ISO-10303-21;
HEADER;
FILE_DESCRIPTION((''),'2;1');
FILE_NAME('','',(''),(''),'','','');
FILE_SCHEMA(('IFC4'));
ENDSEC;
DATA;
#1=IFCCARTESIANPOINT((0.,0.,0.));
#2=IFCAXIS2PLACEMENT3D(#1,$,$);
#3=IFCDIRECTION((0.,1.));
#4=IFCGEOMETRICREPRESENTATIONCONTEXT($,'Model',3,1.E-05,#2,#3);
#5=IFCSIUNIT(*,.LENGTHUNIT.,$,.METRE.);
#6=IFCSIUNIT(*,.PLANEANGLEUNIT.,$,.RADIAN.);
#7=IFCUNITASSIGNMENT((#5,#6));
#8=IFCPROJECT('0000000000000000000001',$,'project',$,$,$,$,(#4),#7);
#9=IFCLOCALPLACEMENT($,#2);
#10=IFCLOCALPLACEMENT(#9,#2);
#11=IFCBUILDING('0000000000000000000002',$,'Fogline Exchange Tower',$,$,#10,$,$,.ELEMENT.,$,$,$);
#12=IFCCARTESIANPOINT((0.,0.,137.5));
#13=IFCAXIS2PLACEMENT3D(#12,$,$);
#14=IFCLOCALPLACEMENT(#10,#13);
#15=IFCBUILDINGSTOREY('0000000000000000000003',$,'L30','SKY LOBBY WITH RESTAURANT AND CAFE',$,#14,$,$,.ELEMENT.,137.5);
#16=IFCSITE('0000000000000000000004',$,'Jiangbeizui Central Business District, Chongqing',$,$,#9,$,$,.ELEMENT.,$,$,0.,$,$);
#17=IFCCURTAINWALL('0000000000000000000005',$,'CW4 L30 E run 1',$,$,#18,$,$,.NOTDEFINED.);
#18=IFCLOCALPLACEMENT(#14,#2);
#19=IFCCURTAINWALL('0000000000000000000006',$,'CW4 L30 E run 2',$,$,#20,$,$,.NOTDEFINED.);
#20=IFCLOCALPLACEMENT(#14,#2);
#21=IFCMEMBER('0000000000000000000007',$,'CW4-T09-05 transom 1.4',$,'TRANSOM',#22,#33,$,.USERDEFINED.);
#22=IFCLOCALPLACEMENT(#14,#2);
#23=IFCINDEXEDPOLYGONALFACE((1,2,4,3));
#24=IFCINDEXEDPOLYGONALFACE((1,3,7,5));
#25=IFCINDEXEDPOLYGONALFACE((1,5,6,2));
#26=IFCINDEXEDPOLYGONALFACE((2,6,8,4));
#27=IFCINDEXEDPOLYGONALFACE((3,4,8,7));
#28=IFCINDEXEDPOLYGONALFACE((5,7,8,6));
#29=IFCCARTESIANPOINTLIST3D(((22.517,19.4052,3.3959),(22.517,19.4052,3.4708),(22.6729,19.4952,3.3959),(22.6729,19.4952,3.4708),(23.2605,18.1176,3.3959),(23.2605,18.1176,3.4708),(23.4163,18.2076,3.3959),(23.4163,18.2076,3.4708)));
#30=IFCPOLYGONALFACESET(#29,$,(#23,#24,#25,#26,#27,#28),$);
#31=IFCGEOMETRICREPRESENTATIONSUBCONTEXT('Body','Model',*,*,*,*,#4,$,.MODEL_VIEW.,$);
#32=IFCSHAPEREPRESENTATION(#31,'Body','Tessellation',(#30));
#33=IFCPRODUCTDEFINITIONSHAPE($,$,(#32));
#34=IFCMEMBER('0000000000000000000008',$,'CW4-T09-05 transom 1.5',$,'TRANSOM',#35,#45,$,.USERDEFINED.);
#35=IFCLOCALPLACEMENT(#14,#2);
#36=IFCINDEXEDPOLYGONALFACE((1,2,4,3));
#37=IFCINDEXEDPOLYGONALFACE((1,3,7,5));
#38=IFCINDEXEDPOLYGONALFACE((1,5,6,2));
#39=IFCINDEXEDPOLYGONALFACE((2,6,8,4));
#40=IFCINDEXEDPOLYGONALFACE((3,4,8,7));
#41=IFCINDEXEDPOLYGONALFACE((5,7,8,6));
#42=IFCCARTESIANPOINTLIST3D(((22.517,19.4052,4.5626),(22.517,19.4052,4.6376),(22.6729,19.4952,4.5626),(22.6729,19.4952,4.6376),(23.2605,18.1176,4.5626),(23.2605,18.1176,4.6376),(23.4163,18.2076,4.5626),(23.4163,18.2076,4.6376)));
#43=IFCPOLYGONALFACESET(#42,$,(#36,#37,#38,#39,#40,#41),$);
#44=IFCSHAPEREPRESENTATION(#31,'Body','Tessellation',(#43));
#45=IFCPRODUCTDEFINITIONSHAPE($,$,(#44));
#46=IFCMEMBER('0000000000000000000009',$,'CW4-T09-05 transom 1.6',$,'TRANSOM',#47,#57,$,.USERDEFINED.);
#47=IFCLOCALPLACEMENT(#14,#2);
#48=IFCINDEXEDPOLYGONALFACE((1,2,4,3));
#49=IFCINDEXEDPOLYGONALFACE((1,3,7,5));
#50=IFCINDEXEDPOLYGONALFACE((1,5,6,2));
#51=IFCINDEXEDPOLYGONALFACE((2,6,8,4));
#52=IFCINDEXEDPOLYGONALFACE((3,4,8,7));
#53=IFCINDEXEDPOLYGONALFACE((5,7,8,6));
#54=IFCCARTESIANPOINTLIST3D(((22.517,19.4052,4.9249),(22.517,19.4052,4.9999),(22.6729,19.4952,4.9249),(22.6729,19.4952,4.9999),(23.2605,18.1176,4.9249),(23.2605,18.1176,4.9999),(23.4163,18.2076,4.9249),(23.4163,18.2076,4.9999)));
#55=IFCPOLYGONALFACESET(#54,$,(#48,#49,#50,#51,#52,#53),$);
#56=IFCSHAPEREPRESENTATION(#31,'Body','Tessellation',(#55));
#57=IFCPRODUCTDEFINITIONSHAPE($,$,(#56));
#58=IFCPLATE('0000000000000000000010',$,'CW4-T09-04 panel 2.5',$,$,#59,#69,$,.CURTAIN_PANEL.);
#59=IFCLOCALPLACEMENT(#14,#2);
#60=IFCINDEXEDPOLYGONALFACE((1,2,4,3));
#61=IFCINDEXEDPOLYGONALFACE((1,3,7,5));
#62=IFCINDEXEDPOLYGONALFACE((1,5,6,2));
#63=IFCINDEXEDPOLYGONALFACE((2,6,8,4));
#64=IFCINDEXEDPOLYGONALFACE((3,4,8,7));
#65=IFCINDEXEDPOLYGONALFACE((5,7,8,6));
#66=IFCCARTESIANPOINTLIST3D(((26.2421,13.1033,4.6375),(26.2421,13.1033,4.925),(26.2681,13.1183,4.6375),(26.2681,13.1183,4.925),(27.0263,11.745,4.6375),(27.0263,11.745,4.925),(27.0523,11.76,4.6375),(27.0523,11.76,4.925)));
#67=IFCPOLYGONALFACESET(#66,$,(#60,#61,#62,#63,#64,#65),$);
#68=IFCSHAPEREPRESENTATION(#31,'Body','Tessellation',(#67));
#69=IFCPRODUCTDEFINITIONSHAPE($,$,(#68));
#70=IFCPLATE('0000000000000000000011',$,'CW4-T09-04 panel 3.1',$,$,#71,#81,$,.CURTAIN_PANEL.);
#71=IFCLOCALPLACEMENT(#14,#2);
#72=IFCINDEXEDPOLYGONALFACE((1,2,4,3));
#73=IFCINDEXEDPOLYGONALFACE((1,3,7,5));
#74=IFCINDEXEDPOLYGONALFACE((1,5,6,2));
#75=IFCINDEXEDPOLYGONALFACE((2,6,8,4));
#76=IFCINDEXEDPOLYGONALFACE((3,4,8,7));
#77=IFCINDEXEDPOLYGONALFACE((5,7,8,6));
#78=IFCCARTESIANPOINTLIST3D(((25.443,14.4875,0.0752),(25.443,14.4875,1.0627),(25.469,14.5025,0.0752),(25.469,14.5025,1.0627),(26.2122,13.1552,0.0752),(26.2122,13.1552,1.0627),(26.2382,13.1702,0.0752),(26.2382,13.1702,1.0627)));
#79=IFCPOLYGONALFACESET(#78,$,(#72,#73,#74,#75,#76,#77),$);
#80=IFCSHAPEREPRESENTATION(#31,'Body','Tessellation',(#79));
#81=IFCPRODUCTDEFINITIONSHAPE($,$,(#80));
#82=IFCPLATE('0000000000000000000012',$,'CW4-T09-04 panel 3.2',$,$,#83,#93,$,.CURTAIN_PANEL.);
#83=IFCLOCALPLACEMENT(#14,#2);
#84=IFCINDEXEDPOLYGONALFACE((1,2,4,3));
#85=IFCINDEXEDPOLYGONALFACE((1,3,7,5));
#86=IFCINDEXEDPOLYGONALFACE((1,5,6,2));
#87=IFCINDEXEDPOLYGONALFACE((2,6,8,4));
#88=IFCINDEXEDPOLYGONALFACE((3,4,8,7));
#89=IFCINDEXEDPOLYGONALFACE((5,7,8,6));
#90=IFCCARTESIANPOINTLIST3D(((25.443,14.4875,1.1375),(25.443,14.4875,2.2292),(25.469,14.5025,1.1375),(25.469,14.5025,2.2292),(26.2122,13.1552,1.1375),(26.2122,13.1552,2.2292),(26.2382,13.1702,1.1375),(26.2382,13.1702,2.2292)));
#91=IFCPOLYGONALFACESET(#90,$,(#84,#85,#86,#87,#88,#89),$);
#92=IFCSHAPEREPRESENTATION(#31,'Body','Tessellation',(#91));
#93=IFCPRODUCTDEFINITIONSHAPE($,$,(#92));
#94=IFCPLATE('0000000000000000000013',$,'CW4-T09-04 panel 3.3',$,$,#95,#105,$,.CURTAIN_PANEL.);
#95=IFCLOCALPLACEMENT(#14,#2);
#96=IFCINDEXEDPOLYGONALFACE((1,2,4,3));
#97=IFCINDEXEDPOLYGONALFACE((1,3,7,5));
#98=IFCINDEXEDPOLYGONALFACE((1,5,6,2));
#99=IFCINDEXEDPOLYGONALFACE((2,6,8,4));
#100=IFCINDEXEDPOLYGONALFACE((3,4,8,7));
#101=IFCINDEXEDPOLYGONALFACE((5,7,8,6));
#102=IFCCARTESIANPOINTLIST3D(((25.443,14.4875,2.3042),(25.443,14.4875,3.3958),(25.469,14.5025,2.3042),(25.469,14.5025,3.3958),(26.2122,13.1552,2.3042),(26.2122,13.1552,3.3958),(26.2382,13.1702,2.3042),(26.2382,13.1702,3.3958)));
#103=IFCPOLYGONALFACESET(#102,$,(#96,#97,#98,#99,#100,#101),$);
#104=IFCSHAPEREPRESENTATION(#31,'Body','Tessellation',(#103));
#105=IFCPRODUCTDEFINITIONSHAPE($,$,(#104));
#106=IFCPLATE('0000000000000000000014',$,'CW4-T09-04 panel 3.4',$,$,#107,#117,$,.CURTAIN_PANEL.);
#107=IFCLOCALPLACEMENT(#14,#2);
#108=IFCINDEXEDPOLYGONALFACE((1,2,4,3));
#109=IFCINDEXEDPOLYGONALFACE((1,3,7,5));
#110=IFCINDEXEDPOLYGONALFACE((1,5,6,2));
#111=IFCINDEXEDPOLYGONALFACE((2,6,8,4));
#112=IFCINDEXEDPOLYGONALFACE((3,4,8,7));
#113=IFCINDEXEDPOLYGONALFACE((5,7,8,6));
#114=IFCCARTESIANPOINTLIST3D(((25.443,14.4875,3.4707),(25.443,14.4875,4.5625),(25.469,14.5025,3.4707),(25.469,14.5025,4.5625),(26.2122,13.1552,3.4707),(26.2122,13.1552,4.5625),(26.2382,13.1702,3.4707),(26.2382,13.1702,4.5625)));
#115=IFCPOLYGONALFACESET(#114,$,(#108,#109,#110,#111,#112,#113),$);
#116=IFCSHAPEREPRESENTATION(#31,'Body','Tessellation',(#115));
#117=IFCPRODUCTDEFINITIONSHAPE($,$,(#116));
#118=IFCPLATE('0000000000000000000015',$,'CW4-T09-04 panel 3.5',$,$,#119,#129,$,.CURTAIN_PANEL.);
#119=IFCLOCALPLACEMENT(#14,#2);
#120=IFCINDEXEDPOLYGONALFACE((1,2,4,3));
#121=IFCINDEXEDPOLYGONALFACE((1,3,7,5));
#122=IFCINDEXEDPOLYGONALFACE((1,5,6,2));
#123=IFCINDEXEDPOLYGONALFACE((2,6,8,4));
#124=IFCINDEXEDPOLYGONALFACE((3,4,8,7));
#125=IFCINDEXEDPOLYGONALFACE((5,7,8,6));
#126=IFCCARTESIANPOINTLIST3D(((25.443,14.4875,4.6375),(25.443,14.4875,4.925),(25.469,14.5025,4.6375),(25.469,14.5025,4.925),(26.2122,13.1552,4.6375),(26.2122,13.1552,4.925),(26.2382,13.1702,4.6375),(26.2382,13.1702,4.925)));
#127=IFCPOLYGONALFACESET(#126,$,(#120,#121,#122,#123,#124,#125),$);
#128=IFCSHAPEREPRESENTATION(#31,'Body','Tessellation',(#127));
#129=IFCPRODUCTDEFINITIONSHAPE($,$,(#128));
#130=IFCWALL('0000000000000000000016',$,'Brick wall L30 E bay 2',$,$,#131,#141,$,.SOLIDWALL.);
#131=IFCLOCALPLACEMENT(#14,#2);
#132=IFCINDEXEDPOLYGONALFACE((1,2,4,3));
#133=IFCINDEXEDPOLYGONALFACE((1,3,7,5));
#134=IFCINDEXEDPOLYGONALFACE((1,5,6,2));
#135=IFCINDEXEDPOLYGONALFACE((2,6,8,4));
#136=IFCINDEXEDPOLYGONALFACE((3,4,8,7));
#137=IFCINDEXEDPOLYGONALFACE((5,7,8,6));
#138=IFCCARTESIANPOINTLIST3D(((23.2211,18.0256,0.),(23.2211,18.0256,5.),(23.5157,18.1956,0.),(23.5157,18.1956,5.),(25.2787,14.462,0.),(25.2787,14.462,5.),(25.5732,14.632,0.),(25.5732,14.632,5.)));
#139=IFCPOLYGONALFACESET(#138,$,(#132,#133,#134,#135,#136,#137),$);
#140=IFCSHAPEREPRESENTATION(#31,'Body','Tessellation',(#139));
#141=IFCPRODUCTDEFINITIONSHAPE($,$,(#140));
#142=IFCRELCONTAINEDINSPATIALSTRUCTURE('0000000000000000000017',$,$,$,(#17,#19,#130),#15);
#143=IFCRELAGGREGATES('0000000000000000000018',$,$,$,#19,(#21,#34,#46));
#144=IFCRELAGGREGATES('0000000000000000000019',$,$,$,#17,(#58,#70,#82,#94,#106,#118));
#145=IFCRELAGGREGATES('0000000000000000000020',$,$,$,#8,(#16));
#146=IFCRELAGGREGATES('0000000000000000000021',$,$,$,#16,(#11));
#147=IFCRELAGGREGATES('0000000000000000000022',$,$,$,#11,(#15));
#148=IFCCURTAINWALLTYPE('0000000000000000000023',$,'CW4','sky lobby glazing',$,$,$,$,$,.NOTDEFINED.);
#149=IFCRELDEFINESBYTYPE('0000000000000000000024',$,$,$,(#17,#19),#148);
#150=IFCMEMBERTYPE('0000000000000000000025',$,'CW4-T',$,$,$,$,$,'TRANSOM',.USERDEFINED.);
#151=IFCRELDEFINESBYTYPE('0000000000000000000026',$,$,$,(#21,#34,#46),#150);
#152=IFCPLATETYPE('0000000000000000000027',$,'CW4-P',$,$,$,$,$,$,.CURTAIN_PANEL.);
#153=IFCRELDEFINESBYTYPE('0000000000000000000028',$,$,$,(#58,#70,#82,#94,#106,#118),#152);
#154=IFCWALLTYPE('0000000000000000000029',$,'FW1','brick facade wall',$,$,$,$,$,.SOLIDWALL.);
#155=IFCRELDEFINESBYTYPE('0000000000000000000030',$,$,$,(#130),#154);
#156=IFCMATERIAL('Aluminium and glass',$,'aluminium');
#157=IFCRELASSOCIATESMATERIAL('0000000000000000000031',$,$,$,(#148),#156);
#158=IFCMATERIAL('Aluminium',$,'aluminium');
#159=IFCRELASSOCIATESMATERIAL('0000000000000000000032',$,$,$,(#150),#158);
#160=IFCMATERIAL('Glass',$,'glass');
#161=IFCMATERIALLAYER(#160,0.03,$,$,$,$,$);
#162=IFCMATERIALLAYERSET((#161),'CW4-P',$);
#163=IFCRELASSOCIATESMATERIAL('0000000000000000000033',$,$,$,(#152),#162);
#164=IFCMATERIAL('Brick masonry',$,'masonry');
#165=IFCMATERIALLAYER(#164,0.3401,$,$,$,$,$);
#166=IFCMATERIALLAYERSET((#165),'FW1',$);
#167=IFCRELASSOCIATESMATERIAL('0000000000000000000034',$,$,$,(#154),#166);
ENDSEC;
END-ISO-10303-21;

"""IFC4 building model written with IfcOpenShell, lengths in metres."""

from ifc_helpers import new_model, si_unit, direction, frame, frame_2d, origin, origin_2d, place, context, subcontext, project, spatial, rectangle, extrude, material, layer, layer_set, material_profile, profile_set, type_object, element, aggregate, save


model = new_model("IFC4")

# Units and contexts
model_context = context("Model", 3, precision=1e-05, world=origin(), true_north=direction((0.0, 1.0)))
body_context = subcontext(model_context, "Body", "Model", "MODEL_VIEW")
ifc_project = project(units=[si_unit("LENGTHUNIT", "METRE"), si_unit("PLANEANGLEUNIT", "RADIAN")], contexts=[model_context])

# Site, building, storey
site_placement = place(None, origin())
site = spatial("IfcSite", under=ifc_project, at=site_placement, Name="Jiangbeizui Central Business District, Chongqing", CompositionType="ELEMENT", RefElevation=0.0)
building_placement = place(site_placement, origin())
building = spatial("IfcBuilding", under=site, at=building_placement, Name="Fogline Exchange Tower", CompositionType="ELEMENT")
storey_placement = place(building_placement, frame((0.0, 0.0, 137.5)))
storey = spatial("IfcBuildingStorey", under=building, at=storey_placement, Name="L30", Description="SKY LOBBY WITH RESTAURANT AND CAFE", CompositionType="ELEMENT", Elevation=137.5)

# Curtain wall
ifc_material_1 = material(Name="Aluminium and glass", Category="aluminium")
curtain_wall_type = type_object("IfcCurtainWallType", Name="CW4", Description="sky lobby glazing", PredefinedType="NOTDEFINED", material=ifc_material_1)
curtain_wall_1_placement = place(storey_placement, origin())
curtain_wall_1 = element("IfcCurtainWall", 1, at=curtain_wall_1_placement, inside=storey, type_object=curtain_wall_type, Name="CW4 L30 E run 1", PredefinedType="NOTDEFINED")
ifc_material_2 = material(Name="Aluminium", Category="aluminium")

# Curtain wall
curtain_wall_2_placement = place(storey_placement, origin())
curtain_wall_2 = element("IfcCurtainWall", 2, at=curtain_wall_2_placement, inside=storey, type_object=curtain_wall_type, Name="CW4 L30 E run 2", PredefinedType="NOTDEFINED")

# Members
ifc_material_profile_1 = material_profile(ifc_material_2, rectangle(XDim=0.1799, YDim=0.075, at=origin_2d()), Name="Transom 75x180")
ifc_profile_set_1 = profile_set([ifc_material_profile_1], Name="Aluminium")
member_type_1 = type_object("IfcMemberType", Name="CW4-T", ElementType="TRANSOM", PredefinedType="USERDEFINED", material=ifc_profile_set_1)
member_1_placement = place(storey_placement, frame((23.3384, 18.1626, 3.4333), z_axis=(-0.500007, 0.866022, 0.0), x_axis=(-0.866022, -0.500007, 0.0)))
member_1 = element("IfcMember", 3, at=member_1_placement, type_object=member_type_1, Name="CW4-T09-05 transom 1.4", ObjectType="TRANSOM", PredefinedType="USERDEFINED", context=body_context, shape_type="SweptSolid", body=[
    extrude(rectangle(XDim=0.1799, YDim=0.075, at=origin_2d()), origin(), (0.0, 0.0, 1.0), 1.4868),
])
member_2_placement = place(storey_placement, frame((23.3384, 18.1626, 4.6001), z_axis=(-0.500007, 0.866022, 0.0), x_axis=(-0.866022, -0.500007, 0.0)))
member_2 = element("IfcMember", 4, at=member_2_placement, type_object=member_type_1, Name="CW4-T09-05 transom 1.5", ObjectType="TRANSOM", PredefinedType="USERDEFINED", context=body_context, shape_type="SweptSolid", body=[
    extrude(rectangle(XDim=0.1799, YDim=0.075, at=origin_2d()), origin(), (0.0, 0.0, 1.0), 1.4868),
])
member_3_placement = place(storey_placement, frame((23.3384, 18.1626, 4.9624), z_axis=(-0.500007, 0.866022, 0.0), x_axis=(-0.866022, -0.500007, 0.0)))
member_3 = element("IfcMember", 5, at=member_3_placement, type_object=member_type_1, Name="CW4-T09-05 transom 1.6", ObjectType="TRANSOM", PredefinedType="USERDEFINED", context=body_context, shape_type="SweptSolid", body=[
    extrude(rectangle(XDim=0.1799, YDim=0.075, at=origin_2d()), origin(), (0.0, 0.0, 1.0), 1.4868),
])
aggregate(curtain_wall_2, [member_1, member_2, member_3])

# Plates
ifc_material_3 = material(Name="Glass", Category="glass")
ifc_layer_1 = layer(ifc_material_3, 0.03)
ifc_layer_set_1 = layer_set([ifc_layer_1], Name="CW4-P")
plate_type = type_object("IfcPlateType", Name="CW4-P", PredefinedType="CURTAIN_PANEL", material=ifc_layer_set_1)
plate_1_placement = place(storey_placement, frame((26.6472, 12.4316, 4.6375), z_axis=(0.0, 0.0, 1.0), x_axis=(-0.499999, 0.866026, 0.0)))
plate_1 = element("IfcPlate", 6, at=plate_1_placement, type_object=plate_type, Name="CW4-T09-04 panel 2.5", PredefinedType="CURTAIN_PANEL", context=body_context, shape_type="SweptSolid", body=[
    extrude(rectangle(XDim=1.5684, YDim=0.03, at=origin_2d()), origin(), (0.0, 0.0, 1.0), 0.2876),
])
plate_2_placement = place(storey_placement, frame((25.8406, 13.8289, 0.0752), z_axis=(0.0, 0.0, 1.0), x_axis=(-0.499999, 0.866026, 0.0)))
plate_2 = element("IfcPlate", 7, at=plate_2_placement, type_object=plate_type, Name="CW4-T09-04 panel 3.1", PredefinedType="CURTAIN_PANEL", context=body_context, shape_type="SweptSolid", body=[
    extrude(rectangle(XDim=1.5383, YDim=0.03, at=origin_2d()), origin(), (0.0, 0.0, 1.0), 0.9875),
])
plate_3_placement = place(storey_placement, frame((25.8406, 13.8289, 1.1375), z_axis=(0.0, 0.0, 1.0), x_axis=(-0.499999, 0.866026, 0.0)))
plate_3 = element("IfcPlate", 8, at=plate_3_placement, type_object=plate_type, Name="CW4-T09-04 panel 3.2", PredefinedType="CURTAIN_PANEL", context=body_context, shape_type="SweptSolid", body=[
    extrude(rectangle(XDim=1.5383, YDim=0.03, at=origin_2d()), origin(), (0.0, 0.0, 1.0), 1.0918),
])
plate_4_placement = place(storey_placement, frame((25.8406, 13.8289, 2.3042), z_axis=(0.0, 0.0, 1.0), x_axis=(-0.499999, 0.866026, 0.0)))
plate_4 = element("IfcPlate", 9, at=plate_4_placement, type_object=plate_type, Name="CW4-T09-04 panel 3.3", PredefinedType="CURTAIN_PANEL", context=body_context, shape_type="SweptSolid", body=[
    extrude(rectangle(XDim=1.5383, YDim=0.03, at=origin_2d()), origin(), (0.0, 0.0, 1.0), 1.0916),
])
plate_5_placement = place(storey_placement, frame((25.8406, 13.8289, 3.4707), z_axis=(0.0, 0.0, 1.0), x_axis=(-0.499999, 0.866026, 0.0)))
plate_5 = element("IfcPlate", 10, at=plate_5_placement, type_object=plate_type, Name="CW4-T09-04 panel 3.4", PredefinedType="CURTAIN_PANEL", context=body_context, shape_type="SweptSolid", body=[
    extrude(rectangle(XDim=1.5383, YDim=0.03, at=origin_2d()), origin(), (0.0, 0.0, 1.0), 1.0918),
])
plate_6_placement = place(storey_placement, frame((25.8406, 13.8289, 4.6375), z_axis=(0.0, 0.0, 1.0), x_axis=(-0.499999, 0.866026, 0.0)))
plate_6 = element("IfcPlate", 11, at=plate_6_placement, type_object=plate_type, Name="CW4-T09-04 panel 3.5", PredefinedType="CURTAIN_PANEL", context=body_context, shape_type="SweptSolid", body=[
    extrude(rectangle(XDim=1.5383, YDim=0.03, at=origin_2d()), origin(), (0.0, 0.0, 1.0), 0.2876),
])
aggregate(curtain_wall_1, [plate_1, plate_2, plate_3, plate_4, plate_5, plate_6])

# Wall
ifc_material_4 = material(Name="Brick masonry", Category="masonry")
ifc_layer_2 = layer(ifc_material_4, 0.3401)
ifc_layer_set_2 = layer_set([ifc_layer_2], Name="FW1")
wall_type = type_object("IfcWallType", Name="FW1", Description="brick facade wall", PredefinedType="SOLIDWALL", material=ifc_layer_set_2)
wall_placement = place(storey_placement, frame((25.426, 14.5469, 0.0), z_axis=(0.0, 0.0, 1.0), x_axis=(-0.500019, 0.866015, 0.0)))
element("IfcWall", 12, at=wall_placement, inside=storey, type_object=wall_type, Name="Brick wall L30 E bay 2", PredefinedType="SOLIDWALL", context=body_context, shape_type="SweptSolid", body=[
    extrude(rectangle(XDim=4.115, YDim=0.3401, at=frame_2d((2.0576, 0.0))), origin(), (0.0, 0.0, 1.0), 5.0),
])

save(model, "model.ifc")
